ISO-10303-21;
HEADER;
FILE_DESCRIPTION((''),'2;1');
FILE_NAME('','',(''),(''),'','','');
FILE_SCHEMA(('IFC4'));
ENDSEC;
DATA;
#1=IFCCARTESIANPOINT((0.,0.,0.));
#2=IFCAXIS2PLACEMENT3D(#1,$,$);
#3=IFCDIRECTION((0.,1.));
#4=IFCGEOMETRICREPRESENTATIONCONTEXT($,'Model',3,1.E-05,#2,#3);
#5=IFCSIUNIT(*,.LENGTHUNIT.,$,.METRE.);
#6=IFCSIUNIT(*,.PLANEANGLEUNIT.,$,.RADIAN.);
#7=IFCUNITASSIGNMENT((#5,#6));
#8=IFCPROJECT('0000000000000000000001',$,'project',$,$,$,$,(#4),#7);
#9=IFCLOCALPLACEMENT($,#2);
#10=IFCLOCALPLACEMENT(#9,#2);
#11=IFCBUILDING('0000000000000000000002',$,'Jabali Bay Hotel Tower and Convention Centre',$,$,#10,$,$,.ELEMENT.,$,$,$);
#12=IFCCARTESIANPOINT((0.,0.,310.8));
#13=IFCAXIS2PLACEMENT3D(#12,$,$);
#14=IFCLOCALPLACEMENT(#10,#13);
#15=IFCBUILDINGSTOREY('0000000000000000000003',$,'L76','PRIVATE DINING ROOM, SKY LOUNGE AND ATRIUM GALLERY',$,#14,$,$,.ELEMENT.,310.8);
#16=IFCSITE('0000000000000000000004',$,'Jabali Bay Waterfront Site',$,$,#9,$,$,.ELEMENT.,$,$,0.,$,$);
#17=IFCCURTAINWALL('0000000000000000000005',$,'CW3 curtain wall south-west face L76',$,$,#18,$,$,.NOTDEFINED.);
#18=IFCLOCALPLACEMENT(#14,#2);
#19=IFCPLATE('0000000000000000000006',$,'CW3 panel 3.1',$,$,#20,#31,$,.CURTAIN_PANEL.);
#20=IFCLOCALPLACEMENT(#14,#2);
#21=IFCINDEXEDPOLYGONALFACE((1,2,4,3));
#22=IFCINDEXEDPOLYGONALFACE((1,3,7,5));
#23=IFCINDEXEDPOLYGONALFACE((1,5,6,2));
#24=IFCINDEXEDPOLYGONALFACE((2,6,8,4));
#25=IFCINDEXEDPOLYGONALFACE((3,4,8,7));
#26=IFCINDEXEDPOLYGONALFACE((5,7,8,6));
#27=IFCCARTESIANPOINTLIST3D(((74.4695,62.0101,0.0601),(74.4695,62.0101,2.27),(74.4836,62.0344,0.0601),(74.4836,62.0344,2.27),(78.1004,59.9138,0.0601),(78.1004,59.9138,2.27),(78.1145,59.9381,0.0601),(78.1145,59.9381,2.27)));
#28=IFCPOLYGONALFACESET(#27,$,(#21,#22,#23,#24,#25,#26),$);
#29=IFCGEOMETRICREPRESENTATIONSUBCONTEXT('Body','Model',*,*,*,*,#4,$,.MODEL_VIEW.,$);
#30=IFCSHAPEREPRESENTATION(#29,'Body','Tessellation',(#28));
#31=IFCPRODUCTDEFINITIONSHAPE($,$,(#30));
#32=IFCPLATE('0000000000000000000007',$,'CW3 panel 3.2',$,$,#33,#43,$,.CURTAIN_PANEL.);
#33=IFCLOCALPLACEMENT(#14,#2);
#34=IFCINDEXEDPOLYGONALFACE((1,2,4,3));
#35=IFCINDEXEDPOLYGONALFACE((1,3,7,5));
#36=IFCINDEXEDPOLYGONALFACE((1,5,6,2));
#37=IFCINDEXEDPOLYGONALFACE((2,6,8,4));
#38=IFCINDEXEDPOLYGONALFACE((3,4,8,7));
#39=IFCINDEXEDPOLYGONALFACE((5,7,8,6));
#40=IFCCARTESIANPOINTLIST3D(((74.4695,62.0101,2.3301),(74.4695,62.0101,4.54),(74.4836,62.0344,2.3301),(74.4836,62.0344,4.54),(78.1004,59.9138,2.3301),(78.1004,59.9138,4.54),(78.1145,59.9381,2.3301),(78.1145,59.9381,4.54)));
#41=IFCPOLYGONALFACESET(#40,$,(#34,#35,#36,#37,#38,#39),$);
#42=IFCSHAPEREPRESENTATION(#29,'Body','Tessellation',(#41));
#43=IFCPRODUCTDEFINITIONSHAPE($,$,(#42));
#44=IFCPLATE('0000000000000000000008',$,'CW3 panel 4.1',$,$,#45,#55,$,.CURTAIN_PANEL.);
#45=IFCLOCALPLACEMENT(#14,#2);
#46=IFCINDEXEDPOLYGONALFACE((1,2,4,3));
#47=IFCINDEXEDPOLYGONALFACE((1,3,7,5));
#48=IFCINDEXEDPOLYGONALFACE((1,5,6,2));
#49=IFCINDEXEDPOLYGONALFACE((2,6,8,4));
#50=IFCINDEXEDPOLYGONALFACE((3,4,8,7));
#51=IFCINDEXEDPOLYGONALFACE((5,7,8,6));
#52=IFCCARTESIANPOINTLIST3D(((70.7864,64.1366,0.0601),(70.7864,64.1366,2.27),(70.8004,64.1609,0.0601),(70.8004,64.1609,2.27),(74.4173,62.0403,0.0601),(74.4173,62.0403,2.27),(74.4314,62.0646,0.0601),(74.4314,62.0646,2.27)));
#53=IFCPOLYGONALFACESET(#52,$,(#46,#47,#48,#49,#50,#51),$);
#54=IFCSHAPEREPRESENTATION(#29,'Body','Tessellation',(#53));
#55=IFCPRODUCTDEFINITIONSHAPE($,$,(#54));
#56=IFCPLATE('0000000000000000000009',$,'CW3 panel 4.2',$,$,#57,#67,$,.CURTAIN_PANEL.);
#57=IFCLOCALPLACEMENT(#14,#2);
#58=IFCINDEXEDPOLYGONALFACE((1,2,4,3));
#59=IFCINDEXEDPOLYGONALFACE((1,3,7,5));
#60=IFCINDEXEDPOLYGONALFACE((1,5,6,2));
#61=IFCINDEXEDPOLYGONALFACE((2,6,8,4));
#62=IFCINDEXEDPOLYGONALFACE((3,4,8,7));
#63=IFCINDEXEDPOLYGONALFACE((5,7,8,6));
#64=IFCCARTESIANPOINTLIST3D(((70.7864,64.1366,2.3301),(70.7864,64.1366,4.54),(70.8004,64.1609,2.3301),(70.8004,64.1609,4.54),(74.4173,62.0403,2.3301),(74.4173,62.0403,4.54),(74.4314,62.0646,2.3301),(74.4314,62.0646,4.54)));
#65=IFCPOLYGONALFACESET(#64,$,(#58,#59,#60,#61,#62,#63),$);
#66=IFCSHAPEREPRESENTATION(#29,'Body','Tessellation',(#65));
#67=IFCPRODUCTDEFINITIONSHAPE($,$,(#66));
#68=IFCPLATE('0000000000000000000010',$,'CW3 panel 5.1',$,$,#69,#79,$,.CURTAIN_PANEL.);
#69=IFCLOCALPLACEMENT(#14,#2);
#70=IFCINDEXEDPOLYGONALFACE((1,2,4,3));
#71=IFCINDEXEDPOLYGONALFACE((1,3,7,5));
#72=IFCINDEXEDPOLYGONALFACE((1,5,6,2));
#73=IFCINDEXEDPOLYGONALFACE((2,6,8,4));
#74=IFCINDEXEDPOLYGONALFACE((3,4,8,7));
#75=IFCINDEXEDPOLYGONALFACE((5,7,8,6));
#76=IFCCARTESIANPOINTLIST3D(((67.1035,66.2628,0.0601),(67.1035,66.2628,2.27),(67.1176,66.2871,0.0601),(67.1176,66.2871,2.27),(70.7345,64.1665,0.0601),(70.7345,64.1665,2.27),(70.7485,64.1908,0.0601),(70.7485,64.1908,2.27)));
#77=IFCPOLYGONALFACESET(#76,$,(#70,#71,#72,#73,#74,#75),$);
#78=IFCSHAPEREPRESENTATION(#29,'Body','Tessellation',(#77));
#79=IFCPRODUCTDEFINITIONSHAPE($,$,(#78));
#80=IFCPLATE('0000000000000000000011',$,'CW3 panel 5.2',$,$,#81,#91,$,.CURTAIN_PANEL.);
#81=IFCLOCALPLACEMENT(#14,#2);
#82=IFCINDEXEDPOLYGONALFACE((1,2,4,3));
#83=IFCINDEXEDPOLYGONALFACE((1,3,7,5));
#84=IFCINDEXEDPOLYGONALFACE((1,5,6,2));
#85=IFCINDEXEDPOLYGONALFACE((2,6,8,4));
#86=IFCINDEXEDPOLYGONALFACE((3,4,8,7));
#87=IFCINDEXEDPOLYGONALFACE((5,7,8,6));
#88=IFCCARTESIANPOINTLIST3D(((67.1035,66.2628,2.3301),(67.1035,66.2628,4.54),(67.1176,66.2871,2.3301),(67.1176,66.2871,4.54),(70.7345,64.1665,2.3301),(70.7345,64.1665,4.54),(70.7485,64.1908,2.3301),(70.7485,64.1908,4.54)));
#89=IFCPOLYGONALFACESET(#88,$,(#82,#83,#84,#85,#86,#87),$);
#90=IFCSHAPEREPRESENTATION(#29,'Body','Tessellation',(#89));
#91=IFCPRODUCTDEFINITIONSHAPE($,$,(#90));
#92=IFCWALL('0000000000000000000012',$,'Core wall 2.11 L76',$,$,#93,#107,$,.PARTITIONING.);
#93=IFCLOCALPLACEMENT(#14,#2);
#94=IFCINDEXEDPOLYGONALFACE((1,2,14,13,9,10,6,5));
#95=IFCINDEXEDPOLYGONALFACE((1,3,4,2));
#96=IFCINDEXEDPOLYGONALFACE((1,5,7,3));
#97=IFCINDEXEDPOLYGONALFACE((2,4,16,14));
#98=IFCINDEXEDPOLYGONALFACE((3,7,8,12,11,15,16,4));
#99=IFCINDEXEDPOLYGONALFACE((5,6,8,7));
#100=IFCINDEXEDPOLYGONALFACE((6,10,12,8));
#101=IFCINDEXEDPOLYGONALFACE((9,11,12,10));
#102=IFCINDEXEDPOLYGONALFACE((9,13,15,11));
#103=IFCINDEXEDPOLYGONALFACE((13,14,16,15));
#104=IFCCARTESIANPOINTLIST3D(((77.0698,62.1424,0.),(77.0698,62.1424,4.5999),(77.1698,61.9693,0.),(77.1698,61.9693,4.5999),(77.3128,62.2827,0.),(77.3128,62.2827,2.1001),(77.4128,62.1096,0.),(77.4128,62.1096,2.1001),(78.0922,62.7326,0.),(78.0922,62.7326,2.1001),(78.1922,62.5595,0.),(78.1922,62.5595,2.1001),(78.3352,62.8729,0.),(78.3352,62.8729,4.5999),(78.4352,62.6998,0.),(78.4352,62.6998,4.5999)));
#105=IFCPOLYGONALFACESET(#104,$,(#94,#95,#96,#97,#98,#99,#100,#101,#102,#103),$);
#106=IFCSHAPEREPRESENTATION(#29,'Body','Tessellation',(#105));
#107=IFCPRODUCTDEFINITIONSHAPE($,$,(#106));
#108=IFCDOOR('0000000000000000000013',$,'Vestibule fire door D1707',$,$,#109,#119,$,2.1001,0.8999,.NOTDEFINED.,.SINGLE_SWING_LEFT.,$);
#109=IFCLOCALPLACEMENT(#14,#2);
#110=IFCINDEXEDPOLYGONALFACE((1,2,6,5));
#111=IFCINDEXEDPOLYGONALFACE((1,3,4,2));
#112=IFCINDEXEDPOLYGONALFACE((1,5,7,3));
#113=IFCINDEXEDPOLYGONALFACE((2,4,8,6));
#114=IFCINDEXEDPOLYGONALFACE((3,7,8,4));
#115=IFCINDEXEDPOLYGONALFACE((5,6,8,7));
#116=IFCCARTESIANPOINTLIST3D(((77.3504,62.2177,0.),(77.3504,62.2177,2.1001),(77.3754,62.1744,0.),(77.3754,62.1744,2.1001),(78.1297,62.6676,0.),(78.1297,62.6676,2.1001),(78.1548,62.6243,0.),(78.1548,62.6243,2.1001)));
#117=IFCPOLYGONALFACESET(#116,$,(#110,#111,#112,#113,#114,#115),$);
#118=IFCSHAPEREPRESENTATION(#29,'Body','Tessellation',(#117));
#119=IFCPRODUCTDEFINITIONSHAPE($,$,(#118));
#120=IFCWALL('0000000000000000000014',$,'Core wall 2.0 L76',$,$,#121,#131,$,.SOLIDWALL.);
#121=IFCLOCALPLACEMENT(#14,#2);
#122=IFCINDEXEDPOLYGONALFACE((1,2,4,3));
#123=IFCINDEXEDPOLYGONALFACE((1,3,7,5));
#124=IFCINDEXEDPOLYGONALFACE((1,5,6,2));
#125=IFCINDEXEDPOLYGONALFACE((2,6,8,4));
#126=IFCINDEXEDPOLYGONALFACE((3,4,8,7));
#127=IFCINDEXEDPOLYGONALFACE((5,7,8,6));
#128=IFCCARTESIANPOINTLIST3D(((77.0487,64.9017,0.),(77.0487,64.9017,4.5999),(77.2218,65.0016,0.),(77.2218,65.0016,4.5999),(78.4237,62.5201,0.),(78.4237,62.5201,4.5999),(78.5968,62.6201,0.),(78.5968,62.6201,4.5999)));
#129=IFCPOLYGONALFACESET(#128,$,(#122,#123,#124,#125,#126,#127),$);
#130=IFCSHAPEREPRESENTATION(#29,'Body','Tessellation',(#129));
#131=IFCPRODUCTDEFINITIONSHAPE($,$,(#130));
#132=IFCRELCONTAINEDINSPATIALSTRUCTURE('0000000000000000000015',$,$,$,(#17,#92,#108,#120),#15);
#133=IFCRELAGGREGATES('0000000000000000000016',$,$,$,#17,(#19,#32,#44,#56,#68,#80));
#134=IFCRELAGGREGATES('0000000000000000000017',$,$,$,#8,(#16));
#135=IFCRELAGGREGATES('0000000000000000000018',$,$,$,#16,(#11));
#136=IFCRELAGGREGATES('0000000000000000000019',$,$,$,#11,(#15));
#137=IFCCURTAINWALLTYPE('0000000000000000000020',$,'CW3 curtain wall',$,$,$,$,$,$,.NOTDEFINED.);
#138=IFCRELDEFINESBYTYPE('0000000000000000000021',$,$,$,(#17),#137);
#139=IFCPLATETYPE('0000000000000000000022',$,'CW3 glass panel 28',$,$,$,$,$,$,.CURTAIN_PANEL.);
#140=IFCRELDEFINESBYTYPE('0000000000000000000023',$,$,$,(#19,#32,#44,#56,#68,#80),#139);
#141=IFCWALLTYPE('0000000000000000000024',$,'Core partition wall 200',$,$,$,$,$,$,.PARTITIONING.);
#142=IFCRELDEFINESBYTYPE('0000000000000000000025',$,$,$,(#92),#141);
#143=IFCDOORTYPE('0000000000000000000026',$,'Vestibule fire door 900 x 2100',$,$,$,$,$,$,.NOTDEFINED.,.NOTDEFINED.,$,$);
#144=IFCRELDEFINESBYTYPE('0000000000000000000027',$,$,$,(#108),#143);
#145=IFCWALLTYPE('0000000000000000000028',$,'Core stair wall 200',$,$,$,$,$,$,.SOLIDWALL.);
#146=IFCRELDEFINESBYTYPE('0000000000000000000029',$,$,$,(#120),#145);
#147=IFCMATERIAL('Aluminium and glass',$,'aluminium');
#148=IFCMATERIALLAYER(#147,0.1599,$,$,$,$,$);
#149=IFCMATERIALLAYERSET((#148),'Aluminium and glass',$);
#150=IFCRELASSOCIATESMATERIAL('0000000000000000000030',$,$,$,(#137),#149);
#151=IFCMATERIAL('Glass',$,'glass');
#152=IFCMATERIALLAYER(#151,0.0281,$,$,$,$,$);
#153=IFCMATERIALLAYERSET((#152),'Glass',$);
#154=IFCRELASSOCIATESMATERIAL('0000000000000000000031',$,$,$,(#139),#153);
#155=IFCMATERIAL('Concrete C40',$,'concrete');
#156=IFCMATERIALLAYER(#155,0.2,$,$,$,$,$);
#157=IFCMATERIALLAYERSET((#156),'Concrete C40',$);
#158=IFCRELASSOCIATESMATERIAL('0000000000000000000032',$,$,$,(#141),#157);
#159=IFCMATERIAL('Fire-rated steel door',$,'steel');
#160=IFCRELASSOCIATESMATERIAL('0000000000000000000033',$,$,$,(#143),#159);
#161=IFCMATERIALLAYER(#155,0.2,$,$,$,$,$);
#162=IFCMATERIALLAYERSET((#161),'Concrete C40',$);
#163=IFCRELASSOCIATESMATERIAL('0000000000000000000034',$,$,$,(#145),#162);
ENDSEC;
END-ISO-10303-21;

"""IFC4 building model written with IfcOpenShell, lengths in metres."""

from ifc_helpers import new_model, si_unit, direction, frame, frame_2d, origin, origin_2d, place, context, subcontext, project, spatial, rectangle, extrude, material, layer, layer_set, type_object, element, fill, aggregate, save


model = new_model("IFC4")

# Units and contexts
model_context = context("Model", 3, precision=1e-05, world=origin(), true_north=direction((0.0, 1.0)))
body_context = subcontext(model_context, "Body", "Model", "MODEL_VIEW")
ifc_project = project(units=[si_unit("LENGTHUNIT", "METRE"), si_unit("PLANEANGLEUNIT", "RADIAN")], contexts=[model_context])

# Site, building, storey
site_placement = place(None, origin())
site = spatial("IfcSite", under=ifc_project, at=site_placement, Name="Jabali Bay Waterfront Site", CompositionType="ELEMENT", RefElevation=0.0)
building_placement = place(site_placement, origin())
building = spatial("IfcBuilding", under=site, at=building_placement, Name="Jabali Bay Hotel Tower and Convention Centre", CompositionType="ELEMENT")
storey_placement = place(building_placement, frame((0.0, 0.0, 310.8)))
storey = spatial("IfcBuildingStorey", under=building, at=storey_placement, Name="L76", Description="PRIVATE DINING ROOM, SKY LOUNGE AND ATRIUM GALLERY", CompositionType="ELEMENT", Elevation=310.8)

# Curtain wall
ifc_material_1 = material(Name="Aluminium and glass", Category="aluminium")
ifc_layer_1 = layer(ifc_material_1, 0.1599)
ifc_layer_set_1 = layer_set([ifc_layer_1], Name="Aluminium and glass")
curtain_wall_type = type_object("IfcCurtainWallType", Name="CW3 curtain wall", PredefinedType="NOTDEFINED", material=ifc_layer_set_1)
curtain_wall_placement = place(storey_placement, origin())
curtain_wall = element("IfcCurtainWall", 1, at=curtain_wall_placement, inside=storey, type_object=curtain_wall_type, Name="CW3 curtain wall south-west face L76", PredefinedType="NOTDEFINED")

# Plates
ifc_material_2 = material(Name="Glass", Category="glass")
ifc_layer_2 = layer(ifc_material_2, 0.0281)
ifc_layer_set_2 = layer_set([ifc_layer_2], Name="Glass")
plate_type = type_object("IfcPlateType", Name="CW3 glass panel 28", PredefinedType="CURTAIN_PANEL", material=ifc_layer_set_2)
plate_1_placement = place(storey_placement, frame((76.292, 60.9741, 0.0601), z_axis=(0.0, 0.0, 1.0), x_axis=(-0.866025, 0.5, 0.0)))
plate_1 = element("IfcPlate", 2, at=plate_1_placement, type_object=plate_type, Name="CW3 panel 3.1", PredefinedType="CURTAIN_PANEL", context=body_context, shape_type="SweptSolid", body=[
    extrude(rectangle(XDim=4.1926, YDim=0.0281, at=origin_2d()), origin(), (0.0, 0.0, 1.0), 2.21),
])
plate_2_placement = place(storey_placement, frame((76.292, 60.9741, 2.3301), z_axis=(0.0, 0.0, 1.0), x_axis=(-0.866025, 0.5, 0.0)))
plate_2 = element("IfcPlate", 3, at=plate_2_placement, type_object=plate_type, Name="CW3 panel 3.2", PredefinedType="CURTAIN_PANEL", context=body_context, shape_type="SweptSolid", body=[
    extrude(rectangle(XDim=4.1926, YDim=0.0281, at=origin_2d()), origin(), (0.0, 0.0, 1.0), 2.21),
])
plate_3_placement = place(storey_placement, frame((72.6089, 63.1006, 0.0601), z_axis=(0.0, 0.0, 1.0), x_axis=(-0.866025, 0.5, 0.0)))
plate_3 = element("IfcPlate", 4, at=plate_3_placement, type_object=plate_type, Name="CW3 panel 4.1", PredefinedType="CURTAIN_PANEL", context=body_context, shape_type="SweptSolid", body=[
    extrude(rectangle(XDim=4.1926, YDim=0.0281, at=origin_2d()), origin(), (0.0, 0.0, 1.0), 2.21),
])
plate_4_placement = place(storey_placement, frame((72.6089, 63.1006, 2.3301), z_axis=(0.0, 0.0, 1.0), x_axis=(-0.866025, 0.5, 0.0)))
plate_4 = element("IfcPlate", 5, at=plate_4_placement, type_object=plate_type, Name="CW3 panel 4.2", PredefinedType="CURTAIN_PANEL", context=body_context, shape_type="SweptSolid", body=[
    extrude(rectangle(XDim=4.1926, YDim=0.0281, at=origin_2d()), origin(), (0.0, 0.0, 1.0), 2.21),
])
plate_5_placement = place(storey_placement, frame((68.926, 65.2268, 0.0601), z_axis=(0.0, 0.0, 1.0), x_axis=(-0.866025, 0.5, 0.0)))
plate_5 = element("IfcPlate", 6, at=plate_5_placement, type_object=plate_type, Name="CW3 panel 5.1", PredefinedType="CURTAIN_PANEL", context=body_context, shape_type="SweptSolid", body=[
    extrude(rectangle(XDim=4.1926, YDim=0.0281, at=origin_2d()), origin(), (0.0, 0.0, 1.0), 2.21),
])
plate_6_placement = place(storey_placement, frame((68.926, 65.2268, 2.3301), z_axis=(0.0, 0.0, 1.0), x_axis=(-0.866025, 0.5, 0.0)))
plate_6 = element("IfcPlate", 7, at=plate_6_placement, type_object=plate_type, Name="CW3 panel 5.2", PredefinedType="CURTAIN_PANEL", context=body_context, shape_type="SweptSolid", body=[
    extrude(rectangle(XDim=4.1926, YDim=0.0281, at=origin_2d()), origin(), (0.0, 0.0, 1.0), 2.21),
])
aggregate(curtain_wall, [plate_1, plate_2, plate_3, plate_4, plate_5, plate_6])

# Wall, opening, door
ifc_material_3 = material(Name="Concrete C40", Category="concrete")
ifc_layer_3 = layer(ifc_material_3, 0.2)
ifc_layer_set_3 = layer_set([ifc_layer_3], Name="Concrete C40")
wall_type_1 = type_object("IfcWallType", Name="Core partition wall 200", PredefinedType="PARTITIONING", material=ifc_layer_set_3)
wall_1_placement = place(storey_placement, frame((77.1199, 62.0559, 0.0), z_axis=(0.0, 0.0, 1.0), x_axis=(0.866055, 0.499949, 0.0)))
wall_1 = element("IfcWall", 8, at=wall_1_placement, inside=storey, type_object=wall_type_1, Name="Core wall 2.11 L76", PredefinedType="PARTITIONING", context=body_context, shape_type="SweptSolid", body=[
    extrude(rectangle(XDim=1.4612, YDim=0.2, at=frame_2d((0.7305, 0.0))), origin(), (0.0, 0.0, 1.0), 4.5999),
])
opening_1_placement = place(wall_1_placement, frame((0.2805, 0.0, 0.0)))
opening_1 = element("IfcOpeningElement", 9, at=opening_1_placement, cuts=wall_1, PredefinedType="OPENING", context=body_context, shape_type="SweptSolid", body=[
    extrude(rectangle(XDim=0.8999, YDim=2.1001, at=frame_2d((0.45, 1.05))), frame((0.0, 0.1104, 0.0), z_axis=(0.0, -1.0, 0.0), x_axis=(1.0, 0.0, 0.0)), (0.0, 0.0, 1.0), 0.2209),
])
ifc_material_4 = material(Name="Fire-rated steel door", Category="steel")
door_type_1 = type_object("IfcDoorType", Name="Vestibule fire door 900 x 2100", OperationType="NOTDEFINED", PredefinedType="NOTDEFINED", material=ifc_material_4)
door_1_placement = place(opening_1_placement, origin())
door_1 = element("IfcDoor", 10, at=door_1_placement, inside=storey, type_object=door_type_1, Name="Vestibule fire door D1707", OperationType="SINGLE_SWING_LEFT", OverallHeight=2.1001, OverallWidth=0.8999, PredefinedType="NOTDEFINED", context=body_context, shape_type="SweptSolid", body=[
    extrude(rectangle(XDim=0.8999, YDim=2.1001, at=frame_2d((0.45, 1.05))), frame((0.0, 0.0249, 0.0), z_axis=(0.0, -1.0, 0.0), x_axis=(1.0, 0.0, 0.0)), (0.0, 0.0, 1.0), 0.05),
])
fill(opening_1, door_1)

# Wall
ifc_layer_4 = layer(ifc_material_3, 0.2)
ifc_layer_set_4 = layer_set([ifc_layer_4], Name="Concrete C40")
wall_type_2 = type_object("IfcWallType", Name="Core stair wall 200", PredefinedType="SOLIDWALL", material=ifc_layer_set_4)
wall_2_placement = place(storey_placement, frame((77.1353, 64.9517, 0.0), z_axis=(0.0, 0.0, 1.0), x_axis=(0.499997, -0.866027, 0.0)))
element("IfcWall", 11, at=wall_2_placement, inside=storey, type_object=wall_type_2, Name="Core wall 2.0 L76", PredefinedType="SOLIDWALL", context=body_context, shape_type="SweptSolid", body=[
    extrude(rectangle(XDim=2.75, YDim=0.2, at=frame_2d((1.375, 0.0))), origin(), (0.0, 0.0, 1.0), 4.5999),
])

save(model, "model.ifc")
